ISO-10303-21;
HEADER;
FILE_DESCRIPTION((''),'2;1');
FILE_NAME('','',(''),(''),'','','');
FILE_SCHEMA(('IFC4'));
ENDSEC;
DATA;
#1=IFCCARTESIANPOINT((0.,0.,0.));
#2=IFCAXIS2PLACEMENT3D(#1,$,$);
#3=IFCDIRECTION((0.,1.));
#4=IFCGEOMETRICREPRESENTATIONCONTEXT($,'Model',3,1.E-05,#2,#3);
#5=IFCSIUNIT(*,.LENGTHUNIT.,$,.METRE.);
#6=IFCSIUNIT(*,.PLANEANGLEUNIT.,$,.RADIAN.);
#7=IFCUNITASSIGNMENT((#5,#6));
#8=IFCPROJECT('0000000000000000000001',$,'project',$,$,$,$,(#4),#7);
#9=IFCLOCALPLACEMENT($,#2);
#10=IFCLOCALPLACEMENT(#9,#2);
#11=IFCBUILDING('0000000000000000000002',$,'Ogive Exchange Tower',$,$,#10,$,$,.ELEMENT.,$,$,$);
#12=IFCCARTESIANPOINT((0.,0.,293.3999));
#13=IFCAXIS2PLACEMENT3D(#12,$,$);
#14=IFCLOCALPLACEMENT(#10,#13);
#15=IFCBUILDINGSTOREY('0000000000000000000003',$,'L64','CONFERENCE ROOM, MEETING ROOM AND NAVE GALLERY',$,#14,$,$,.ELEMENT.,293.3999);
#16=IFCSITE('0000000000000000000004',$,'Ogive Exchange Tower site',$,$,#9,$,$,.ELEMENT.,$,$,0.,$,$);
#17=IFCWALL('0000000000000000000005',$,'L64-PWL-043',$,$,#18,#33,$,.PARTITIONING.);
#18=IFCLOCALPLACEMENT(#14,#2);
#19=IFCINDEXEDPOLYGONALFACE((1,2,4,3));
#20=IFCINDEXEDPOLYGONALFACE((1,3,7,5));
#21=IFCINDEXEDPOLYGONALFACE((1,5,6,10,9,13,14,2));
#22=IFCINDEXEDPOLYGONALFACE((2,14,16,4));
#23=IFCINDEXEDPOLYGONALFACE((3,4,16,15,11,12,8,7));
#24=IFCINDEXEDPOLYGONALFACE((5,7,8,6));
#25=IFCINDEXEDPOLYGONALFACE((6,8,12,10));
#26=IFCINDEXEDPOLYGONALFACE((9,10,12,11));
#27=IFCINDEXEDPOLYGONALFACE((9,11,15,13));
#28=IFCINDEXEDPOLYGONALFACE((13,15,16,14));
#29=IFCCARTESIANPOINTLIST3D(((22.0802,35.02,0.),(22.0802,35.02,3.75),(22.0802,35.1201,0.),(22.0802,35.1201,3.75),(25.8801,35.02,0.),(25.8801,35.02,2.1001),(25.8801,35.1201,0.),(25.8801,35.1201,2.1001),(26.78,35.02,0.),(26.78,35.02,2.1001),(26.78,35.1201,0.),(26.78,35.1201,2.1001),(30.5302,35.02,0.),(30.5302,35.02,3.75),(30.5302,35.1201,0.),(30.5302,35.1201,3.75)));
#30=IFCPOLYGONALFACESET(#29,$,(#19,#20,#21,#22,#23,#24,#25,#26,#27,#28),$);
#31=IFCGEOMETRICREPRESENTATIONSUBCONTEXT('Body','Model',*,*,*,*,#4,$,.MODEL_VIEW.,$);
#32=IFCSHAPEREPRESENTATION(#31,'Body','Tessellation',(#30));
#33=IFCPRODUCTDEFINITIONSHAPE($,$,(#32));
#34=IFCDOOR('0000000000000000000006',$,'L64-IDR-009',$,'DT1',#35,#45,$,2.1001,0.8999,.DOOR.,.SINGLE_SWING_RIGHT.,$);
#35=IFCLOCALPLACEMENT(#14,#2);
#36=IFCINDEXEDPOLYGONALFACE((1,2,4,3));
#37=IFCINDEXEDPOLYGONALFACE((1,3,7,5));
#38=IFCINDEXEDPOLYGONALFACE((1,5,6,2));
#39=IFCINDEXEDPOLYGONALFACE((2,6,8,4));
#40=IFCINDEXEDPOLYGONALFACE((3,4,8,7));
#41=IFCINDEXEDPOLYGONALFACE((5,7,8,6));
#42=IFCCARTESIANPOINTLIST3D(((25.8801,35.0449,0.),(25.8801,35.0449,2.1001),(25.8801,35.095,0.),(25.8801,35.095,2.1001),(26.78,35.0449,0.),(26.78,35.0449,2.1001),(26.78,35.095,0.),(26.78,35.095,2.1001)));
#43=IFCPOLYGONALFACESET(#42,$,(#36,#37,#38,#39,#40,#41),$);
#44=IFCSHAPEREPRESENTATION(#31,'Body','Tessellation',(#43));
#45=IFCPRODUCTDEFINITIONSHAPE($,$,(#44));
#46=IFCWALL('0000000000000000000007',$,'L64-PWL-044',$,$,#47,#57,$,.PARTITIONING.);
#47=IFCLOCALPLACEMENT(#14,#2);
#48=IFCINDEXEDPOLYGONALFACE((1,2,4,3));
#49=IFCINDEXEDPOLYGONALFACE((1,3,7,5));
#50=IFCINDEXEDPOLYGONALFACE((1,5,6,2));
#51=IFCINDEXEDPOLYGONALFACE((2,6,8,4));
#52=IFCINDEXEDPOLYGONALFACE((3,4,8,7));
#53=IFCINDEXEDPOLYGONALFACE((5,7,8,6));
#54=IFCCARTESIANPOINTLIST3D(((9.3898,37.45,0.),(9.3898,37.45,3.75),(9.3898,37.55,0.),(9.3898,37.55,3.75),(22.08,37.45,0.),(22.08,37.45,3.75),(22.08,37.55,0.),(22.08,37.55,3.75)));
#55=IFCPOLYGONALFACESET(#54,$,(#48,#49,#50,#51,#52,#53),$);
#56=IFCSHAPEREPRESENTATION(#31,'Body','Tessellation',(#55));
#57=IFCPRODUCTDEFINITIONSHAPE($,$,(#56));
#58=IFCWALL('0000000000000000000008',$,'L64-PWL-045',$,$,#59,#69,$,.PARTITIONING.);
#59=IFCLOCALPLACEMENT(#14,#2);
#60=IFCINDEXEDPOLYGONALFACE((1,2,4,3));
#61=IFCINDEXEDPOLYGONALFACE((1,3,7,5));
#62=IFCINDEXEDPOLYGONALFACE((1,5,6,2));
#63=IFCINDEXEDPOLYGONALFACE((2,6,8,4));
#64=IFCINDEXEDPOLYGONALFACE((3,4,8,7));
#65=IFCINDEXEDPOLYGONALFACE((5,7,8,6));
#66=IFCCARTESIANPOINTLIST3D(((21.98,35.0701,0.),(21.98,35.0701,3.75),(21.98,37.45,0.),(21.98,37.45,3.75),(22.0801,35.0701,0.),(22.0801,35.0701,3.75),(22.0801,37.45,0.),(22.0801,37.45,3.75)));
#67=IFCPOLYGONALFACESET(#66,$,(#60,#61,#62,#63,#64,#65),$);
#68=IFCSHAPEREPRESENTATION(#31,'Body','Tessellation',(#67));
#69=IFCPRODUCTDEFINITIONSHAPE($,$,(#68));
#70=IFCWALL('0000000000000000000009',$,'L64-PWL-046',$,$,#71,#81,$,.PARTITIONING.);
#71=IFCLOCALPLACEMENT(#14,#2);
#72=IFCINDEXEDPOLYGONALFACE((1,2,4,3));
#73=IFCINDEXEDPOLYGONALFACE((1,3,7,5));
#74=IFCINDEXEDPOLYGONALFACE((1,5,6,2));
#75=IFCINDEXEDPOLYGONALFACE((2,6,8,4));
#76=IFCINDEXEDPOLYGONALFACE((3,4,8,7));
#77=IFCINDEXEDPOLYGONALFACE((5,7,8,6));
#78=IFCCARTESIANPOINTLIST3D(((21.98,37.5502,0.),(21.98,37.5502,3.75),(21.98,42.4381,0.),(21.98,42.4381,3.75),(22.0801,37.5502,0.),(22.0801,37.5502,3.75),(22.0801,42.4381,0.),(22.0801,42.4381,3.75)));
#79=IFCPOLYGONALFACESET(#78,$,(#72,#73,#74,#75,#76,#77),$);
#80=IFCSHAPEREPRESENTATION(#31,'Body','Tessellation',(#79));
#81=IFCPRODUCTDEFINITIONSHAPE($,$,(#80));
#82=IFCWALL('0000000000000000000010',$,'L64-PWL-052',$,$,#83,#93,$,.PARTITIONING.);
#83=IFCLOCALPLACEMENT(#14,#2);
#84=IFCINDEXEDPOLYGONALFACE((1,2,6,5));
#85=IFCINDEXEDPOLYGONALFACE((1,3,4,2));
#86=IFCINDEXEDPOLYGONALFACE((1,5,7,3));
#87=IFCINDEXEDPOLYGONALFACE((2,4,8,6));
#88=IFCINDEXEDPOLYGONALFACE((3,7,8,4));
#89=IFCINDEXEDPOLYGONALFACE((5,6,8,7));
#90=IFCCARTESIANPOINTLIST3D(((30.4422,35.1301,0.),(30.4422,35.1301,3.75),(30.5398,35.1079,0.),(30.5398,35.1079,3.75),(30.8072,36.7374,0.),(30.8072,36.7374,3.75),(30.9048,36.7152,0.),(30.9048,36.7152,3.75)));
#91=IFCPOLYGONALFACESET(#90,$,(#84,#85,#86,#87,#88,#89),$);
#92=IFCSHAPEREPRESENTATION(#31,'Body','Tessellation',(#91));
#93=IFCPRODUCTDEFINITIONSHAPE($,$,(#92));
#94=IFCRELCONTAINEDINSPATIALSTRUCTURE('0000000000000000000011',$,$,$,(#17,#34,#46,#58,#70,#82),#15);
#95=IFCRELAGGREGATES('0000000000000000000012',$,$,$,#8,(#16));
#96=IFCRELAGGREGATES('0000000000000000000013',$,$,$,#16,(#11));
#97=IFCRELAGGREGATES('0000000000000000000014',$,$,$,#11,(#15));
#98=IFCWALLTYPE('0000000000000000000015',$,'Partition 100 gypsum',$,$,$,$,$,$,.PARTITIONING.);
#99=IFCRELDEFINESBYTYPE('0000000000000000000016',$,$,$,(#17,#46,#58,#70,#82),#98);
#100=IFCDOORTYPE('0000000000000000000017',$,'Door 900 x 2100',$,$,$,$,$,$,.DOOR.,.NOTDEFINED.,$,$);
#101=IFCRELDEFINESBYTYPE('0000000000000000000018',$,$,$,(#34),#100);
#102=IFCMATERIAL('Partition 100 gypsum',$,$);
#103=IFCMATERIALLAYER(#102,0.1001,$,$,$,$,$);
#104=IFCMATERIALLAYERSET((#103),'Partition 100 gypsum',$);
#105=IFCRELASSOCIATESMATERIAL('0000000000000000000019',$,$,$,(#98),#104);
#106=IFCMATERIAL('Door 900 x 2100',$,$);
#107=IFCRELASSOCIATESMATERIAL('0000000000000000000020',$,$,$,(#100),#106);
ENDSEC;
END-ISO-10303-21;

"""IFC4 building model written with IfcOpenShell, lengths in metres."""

from ifc_helpers import new_model, si_unit, direction, frame, frame_2d, origin, place, context, subcontext, project, spatial, rectangle, extrude, material, layer, layer_set, type_object, element, fill, save


model = new_model("IFC4")

# Units and contexts
model_context = context("Model", 3, precision=1e-05, world=origin(), true_north=direction((0.0, 1.0)))
body_context = subcontext(model_context, "Body", "Model", "MODEL_VIEW")
ifc_project = project(units=[si_unit("LENGTHUNIT", "METRE"), si_unit("PLANEANGLEUNIT", "RADIAN")], contexts=[model_context])

# Site, building, storey
site_placement = place(None, origin())
site = spatial("IfcSite", under=ifc_project, at=site_placement, Name="Ogive Exchange Tower site", CompositionType="ELEMENT", RefElevation=0.0)
building_placement = place(site_placement, origin())
building = spatial("IfcBuilding", under=site, at=building_placement, Name="Ogive Exchange Tower", CompositionType="ELEMENT")
storey_placement = place(building_placement, frame((0.0, 0.0, 293.3999)))
storey = spatial("IfcBuildingStorey", under=building, at=storey_placement, Name="L64", Description="CONFERENCE ROOM, MEETING ROOM AND NAVE GALLERY", CompositionType="ELEMENT", Elevation=293.3999)

# Wall, opening, door
ifc_material_1 = material(Name="Partition 100 gypsum")
ifc_layer_1 = layer(ifc_material_1, 0.1001)
ifc_layer_set_1 = layer_set([ifc_layer_1], Name="Partition 100 gypsum")
wall_type_1 = type_object("IfcWallType", Name="Partition 100 gypsum", PredefinedType="PARTITIONING", material=ifc_layer_set_1)
wall_1_placement = place(storey_placement, frame((22.0801, 35.0701, 0.0), z_axis=(0.0, 0.0, 1.0), x_axis=(1.0, 0.0, 0.0)))
wall_1 = element("IfcWall", 1, at=wall_1_placement, inside=storey, type_object=wall_type_1, Name="L64-PWL-043", PredefinedType="PARTITIONING", context=body_context, shape_type="SweptSolid", body=[
    extrude(rectangle(XDim=8.45, YDim=0.1001, at=frame_2d((4.2251, 0.0))), origin(), (0.0, 0.0, 1.0), 3.75),
])
opening_1_placement = place(wall_1_placement, frame((3.8, 0.0, 0.0)))
opening_1 = element("IfcOpeningElement", 2, at=opening_1_placement, cuts=wall_1, PredefinedType="OPENING", context=body_context, shape_type="SweptSolid", body=[
    extrude(rectangle(XDim=0.8999, YDim=2.1001, at=frame_2d((0.45, 1.05))), frame((0.0, 0.0601, 0.0), z_axis=(0.0, -1.0, 0.0), x_axis=(1.0, 0.0, 0.0)), (0.0, 0.0, 1.0), 0.1201),
])
ifc_material_2 = material(Name="Door 900 x 2100")
door_type_1 = type_object("IfcDoorType", Name="Door 900 x 2100", OperationType="NOTDEFINED", PredefinedType="DOOR", material=ifc_material_2)
door_1_placement = place(opening_1_placement, origin())
door_1 = element("IfcDoor", 3, at=door_1_placement, inside=storey, type_object=door_type_1, Name="L64-IDR-009", ObjectType="DT1", OperationType="SINGLE_SWING_RIGHT", OverallHeight=2.1001, OverallWidth=0.8999, PredefinedType="DOOR", context=body_context, shape_type="SweptSolid", body=[
    extrude(rectangle(XDim=0.8999, YDim=2.1001, at=frame_2d((0.45, 1.05))), frame((0.0, 0.0249, 0.0), z_axis=(0.0, -1.0, 0.0), x_axis=(1.0, 0.0, 0.0)), (0.0, 0.0, 1.0), 0.05),
])
fill(opening_1, door_1)

# Walls
wall_2_placement = place(storey_placement, frame((22.0801, 37.5, 0.0), z_axis=(0.0, 0.0, 1.0), x_axis=(-1.0, 0.0, 0.0)))
element("IfcWall", 4, at=wall_2_placement, inside=storey, type_object=wall_type_1, Name="L64-PWL-044", PredefinedType="PARTITIONING", context=body_context, shape_type="SweptSolid", body=[
    extrude(rectangle(XDim=12.6902, YDim=0.1001, at=frame_2d((6.3452, 0.0))), origin(), (0.0, 0.0, 1.0), 3.75),
])
wall_3_placement = place(storey_placement, frame((22.03, 37.45, 0.0), z_axis=(0.0, 0.0, 1.0), x_axis=(0.0, -1.0, 0.0)))
element("IfcWall", 5, at=wall_3_placement, inside=storey, type_object=wall_type_1, Name="L64-PWL-045", PredefinedType="PARTITIONING", context=body_context, shape_type="SweptSolid", body=[
    extrude(rectangle(XDim=2.3799, YDim=0.1001, at=frame_2d((1.1899, 0.0))), origin(), (0.0, 0.0, 1.0), 3.75),
])
wall_4_placement = place(storey_placement, frame((22.03, 42.438, 0.0), z_axis=(0.0, 0.0, 1.0), x_axis=(0.0, -1.0, 0.0)))
element("IfcWall", 6, at=wall_4_placement, inside=storey, type_object=wall_type_1, Name="L64-PWL-046", PredefinedType="PARTITIONING", context=body_context, shape_type="SweptSolid", body=[
    extrude(rectangle(XDim=4.8879, YDim=0.1001, at=frame_2d((2.4438, 0.0))), origin(), (0.0, 0.0, 1.0), 3.75),
])
wall_5_placement = place(storey_placement, frame((30.491, 35.1189, 0.0), z_axis=(0.0, 0.0, 1.0), x_axis=(0.221461, 0.975169, 0.0)))
element("IfcWall", 7, at=wall_5_placement, inside=storey, type_object=wall_type_1, Name="L64-PWL-052", PredefinedType="PARTITIONING", context=body_context, shape_type="SweptSolid", body=[
    extrude(rectangle(XDim=1.6482, YDim=0.1001, at=frame_2d((0.8242, 0.0))), origin(), (0.0, 0.0, 1.0), 3.75),
])

save(model, "model.ifc")
